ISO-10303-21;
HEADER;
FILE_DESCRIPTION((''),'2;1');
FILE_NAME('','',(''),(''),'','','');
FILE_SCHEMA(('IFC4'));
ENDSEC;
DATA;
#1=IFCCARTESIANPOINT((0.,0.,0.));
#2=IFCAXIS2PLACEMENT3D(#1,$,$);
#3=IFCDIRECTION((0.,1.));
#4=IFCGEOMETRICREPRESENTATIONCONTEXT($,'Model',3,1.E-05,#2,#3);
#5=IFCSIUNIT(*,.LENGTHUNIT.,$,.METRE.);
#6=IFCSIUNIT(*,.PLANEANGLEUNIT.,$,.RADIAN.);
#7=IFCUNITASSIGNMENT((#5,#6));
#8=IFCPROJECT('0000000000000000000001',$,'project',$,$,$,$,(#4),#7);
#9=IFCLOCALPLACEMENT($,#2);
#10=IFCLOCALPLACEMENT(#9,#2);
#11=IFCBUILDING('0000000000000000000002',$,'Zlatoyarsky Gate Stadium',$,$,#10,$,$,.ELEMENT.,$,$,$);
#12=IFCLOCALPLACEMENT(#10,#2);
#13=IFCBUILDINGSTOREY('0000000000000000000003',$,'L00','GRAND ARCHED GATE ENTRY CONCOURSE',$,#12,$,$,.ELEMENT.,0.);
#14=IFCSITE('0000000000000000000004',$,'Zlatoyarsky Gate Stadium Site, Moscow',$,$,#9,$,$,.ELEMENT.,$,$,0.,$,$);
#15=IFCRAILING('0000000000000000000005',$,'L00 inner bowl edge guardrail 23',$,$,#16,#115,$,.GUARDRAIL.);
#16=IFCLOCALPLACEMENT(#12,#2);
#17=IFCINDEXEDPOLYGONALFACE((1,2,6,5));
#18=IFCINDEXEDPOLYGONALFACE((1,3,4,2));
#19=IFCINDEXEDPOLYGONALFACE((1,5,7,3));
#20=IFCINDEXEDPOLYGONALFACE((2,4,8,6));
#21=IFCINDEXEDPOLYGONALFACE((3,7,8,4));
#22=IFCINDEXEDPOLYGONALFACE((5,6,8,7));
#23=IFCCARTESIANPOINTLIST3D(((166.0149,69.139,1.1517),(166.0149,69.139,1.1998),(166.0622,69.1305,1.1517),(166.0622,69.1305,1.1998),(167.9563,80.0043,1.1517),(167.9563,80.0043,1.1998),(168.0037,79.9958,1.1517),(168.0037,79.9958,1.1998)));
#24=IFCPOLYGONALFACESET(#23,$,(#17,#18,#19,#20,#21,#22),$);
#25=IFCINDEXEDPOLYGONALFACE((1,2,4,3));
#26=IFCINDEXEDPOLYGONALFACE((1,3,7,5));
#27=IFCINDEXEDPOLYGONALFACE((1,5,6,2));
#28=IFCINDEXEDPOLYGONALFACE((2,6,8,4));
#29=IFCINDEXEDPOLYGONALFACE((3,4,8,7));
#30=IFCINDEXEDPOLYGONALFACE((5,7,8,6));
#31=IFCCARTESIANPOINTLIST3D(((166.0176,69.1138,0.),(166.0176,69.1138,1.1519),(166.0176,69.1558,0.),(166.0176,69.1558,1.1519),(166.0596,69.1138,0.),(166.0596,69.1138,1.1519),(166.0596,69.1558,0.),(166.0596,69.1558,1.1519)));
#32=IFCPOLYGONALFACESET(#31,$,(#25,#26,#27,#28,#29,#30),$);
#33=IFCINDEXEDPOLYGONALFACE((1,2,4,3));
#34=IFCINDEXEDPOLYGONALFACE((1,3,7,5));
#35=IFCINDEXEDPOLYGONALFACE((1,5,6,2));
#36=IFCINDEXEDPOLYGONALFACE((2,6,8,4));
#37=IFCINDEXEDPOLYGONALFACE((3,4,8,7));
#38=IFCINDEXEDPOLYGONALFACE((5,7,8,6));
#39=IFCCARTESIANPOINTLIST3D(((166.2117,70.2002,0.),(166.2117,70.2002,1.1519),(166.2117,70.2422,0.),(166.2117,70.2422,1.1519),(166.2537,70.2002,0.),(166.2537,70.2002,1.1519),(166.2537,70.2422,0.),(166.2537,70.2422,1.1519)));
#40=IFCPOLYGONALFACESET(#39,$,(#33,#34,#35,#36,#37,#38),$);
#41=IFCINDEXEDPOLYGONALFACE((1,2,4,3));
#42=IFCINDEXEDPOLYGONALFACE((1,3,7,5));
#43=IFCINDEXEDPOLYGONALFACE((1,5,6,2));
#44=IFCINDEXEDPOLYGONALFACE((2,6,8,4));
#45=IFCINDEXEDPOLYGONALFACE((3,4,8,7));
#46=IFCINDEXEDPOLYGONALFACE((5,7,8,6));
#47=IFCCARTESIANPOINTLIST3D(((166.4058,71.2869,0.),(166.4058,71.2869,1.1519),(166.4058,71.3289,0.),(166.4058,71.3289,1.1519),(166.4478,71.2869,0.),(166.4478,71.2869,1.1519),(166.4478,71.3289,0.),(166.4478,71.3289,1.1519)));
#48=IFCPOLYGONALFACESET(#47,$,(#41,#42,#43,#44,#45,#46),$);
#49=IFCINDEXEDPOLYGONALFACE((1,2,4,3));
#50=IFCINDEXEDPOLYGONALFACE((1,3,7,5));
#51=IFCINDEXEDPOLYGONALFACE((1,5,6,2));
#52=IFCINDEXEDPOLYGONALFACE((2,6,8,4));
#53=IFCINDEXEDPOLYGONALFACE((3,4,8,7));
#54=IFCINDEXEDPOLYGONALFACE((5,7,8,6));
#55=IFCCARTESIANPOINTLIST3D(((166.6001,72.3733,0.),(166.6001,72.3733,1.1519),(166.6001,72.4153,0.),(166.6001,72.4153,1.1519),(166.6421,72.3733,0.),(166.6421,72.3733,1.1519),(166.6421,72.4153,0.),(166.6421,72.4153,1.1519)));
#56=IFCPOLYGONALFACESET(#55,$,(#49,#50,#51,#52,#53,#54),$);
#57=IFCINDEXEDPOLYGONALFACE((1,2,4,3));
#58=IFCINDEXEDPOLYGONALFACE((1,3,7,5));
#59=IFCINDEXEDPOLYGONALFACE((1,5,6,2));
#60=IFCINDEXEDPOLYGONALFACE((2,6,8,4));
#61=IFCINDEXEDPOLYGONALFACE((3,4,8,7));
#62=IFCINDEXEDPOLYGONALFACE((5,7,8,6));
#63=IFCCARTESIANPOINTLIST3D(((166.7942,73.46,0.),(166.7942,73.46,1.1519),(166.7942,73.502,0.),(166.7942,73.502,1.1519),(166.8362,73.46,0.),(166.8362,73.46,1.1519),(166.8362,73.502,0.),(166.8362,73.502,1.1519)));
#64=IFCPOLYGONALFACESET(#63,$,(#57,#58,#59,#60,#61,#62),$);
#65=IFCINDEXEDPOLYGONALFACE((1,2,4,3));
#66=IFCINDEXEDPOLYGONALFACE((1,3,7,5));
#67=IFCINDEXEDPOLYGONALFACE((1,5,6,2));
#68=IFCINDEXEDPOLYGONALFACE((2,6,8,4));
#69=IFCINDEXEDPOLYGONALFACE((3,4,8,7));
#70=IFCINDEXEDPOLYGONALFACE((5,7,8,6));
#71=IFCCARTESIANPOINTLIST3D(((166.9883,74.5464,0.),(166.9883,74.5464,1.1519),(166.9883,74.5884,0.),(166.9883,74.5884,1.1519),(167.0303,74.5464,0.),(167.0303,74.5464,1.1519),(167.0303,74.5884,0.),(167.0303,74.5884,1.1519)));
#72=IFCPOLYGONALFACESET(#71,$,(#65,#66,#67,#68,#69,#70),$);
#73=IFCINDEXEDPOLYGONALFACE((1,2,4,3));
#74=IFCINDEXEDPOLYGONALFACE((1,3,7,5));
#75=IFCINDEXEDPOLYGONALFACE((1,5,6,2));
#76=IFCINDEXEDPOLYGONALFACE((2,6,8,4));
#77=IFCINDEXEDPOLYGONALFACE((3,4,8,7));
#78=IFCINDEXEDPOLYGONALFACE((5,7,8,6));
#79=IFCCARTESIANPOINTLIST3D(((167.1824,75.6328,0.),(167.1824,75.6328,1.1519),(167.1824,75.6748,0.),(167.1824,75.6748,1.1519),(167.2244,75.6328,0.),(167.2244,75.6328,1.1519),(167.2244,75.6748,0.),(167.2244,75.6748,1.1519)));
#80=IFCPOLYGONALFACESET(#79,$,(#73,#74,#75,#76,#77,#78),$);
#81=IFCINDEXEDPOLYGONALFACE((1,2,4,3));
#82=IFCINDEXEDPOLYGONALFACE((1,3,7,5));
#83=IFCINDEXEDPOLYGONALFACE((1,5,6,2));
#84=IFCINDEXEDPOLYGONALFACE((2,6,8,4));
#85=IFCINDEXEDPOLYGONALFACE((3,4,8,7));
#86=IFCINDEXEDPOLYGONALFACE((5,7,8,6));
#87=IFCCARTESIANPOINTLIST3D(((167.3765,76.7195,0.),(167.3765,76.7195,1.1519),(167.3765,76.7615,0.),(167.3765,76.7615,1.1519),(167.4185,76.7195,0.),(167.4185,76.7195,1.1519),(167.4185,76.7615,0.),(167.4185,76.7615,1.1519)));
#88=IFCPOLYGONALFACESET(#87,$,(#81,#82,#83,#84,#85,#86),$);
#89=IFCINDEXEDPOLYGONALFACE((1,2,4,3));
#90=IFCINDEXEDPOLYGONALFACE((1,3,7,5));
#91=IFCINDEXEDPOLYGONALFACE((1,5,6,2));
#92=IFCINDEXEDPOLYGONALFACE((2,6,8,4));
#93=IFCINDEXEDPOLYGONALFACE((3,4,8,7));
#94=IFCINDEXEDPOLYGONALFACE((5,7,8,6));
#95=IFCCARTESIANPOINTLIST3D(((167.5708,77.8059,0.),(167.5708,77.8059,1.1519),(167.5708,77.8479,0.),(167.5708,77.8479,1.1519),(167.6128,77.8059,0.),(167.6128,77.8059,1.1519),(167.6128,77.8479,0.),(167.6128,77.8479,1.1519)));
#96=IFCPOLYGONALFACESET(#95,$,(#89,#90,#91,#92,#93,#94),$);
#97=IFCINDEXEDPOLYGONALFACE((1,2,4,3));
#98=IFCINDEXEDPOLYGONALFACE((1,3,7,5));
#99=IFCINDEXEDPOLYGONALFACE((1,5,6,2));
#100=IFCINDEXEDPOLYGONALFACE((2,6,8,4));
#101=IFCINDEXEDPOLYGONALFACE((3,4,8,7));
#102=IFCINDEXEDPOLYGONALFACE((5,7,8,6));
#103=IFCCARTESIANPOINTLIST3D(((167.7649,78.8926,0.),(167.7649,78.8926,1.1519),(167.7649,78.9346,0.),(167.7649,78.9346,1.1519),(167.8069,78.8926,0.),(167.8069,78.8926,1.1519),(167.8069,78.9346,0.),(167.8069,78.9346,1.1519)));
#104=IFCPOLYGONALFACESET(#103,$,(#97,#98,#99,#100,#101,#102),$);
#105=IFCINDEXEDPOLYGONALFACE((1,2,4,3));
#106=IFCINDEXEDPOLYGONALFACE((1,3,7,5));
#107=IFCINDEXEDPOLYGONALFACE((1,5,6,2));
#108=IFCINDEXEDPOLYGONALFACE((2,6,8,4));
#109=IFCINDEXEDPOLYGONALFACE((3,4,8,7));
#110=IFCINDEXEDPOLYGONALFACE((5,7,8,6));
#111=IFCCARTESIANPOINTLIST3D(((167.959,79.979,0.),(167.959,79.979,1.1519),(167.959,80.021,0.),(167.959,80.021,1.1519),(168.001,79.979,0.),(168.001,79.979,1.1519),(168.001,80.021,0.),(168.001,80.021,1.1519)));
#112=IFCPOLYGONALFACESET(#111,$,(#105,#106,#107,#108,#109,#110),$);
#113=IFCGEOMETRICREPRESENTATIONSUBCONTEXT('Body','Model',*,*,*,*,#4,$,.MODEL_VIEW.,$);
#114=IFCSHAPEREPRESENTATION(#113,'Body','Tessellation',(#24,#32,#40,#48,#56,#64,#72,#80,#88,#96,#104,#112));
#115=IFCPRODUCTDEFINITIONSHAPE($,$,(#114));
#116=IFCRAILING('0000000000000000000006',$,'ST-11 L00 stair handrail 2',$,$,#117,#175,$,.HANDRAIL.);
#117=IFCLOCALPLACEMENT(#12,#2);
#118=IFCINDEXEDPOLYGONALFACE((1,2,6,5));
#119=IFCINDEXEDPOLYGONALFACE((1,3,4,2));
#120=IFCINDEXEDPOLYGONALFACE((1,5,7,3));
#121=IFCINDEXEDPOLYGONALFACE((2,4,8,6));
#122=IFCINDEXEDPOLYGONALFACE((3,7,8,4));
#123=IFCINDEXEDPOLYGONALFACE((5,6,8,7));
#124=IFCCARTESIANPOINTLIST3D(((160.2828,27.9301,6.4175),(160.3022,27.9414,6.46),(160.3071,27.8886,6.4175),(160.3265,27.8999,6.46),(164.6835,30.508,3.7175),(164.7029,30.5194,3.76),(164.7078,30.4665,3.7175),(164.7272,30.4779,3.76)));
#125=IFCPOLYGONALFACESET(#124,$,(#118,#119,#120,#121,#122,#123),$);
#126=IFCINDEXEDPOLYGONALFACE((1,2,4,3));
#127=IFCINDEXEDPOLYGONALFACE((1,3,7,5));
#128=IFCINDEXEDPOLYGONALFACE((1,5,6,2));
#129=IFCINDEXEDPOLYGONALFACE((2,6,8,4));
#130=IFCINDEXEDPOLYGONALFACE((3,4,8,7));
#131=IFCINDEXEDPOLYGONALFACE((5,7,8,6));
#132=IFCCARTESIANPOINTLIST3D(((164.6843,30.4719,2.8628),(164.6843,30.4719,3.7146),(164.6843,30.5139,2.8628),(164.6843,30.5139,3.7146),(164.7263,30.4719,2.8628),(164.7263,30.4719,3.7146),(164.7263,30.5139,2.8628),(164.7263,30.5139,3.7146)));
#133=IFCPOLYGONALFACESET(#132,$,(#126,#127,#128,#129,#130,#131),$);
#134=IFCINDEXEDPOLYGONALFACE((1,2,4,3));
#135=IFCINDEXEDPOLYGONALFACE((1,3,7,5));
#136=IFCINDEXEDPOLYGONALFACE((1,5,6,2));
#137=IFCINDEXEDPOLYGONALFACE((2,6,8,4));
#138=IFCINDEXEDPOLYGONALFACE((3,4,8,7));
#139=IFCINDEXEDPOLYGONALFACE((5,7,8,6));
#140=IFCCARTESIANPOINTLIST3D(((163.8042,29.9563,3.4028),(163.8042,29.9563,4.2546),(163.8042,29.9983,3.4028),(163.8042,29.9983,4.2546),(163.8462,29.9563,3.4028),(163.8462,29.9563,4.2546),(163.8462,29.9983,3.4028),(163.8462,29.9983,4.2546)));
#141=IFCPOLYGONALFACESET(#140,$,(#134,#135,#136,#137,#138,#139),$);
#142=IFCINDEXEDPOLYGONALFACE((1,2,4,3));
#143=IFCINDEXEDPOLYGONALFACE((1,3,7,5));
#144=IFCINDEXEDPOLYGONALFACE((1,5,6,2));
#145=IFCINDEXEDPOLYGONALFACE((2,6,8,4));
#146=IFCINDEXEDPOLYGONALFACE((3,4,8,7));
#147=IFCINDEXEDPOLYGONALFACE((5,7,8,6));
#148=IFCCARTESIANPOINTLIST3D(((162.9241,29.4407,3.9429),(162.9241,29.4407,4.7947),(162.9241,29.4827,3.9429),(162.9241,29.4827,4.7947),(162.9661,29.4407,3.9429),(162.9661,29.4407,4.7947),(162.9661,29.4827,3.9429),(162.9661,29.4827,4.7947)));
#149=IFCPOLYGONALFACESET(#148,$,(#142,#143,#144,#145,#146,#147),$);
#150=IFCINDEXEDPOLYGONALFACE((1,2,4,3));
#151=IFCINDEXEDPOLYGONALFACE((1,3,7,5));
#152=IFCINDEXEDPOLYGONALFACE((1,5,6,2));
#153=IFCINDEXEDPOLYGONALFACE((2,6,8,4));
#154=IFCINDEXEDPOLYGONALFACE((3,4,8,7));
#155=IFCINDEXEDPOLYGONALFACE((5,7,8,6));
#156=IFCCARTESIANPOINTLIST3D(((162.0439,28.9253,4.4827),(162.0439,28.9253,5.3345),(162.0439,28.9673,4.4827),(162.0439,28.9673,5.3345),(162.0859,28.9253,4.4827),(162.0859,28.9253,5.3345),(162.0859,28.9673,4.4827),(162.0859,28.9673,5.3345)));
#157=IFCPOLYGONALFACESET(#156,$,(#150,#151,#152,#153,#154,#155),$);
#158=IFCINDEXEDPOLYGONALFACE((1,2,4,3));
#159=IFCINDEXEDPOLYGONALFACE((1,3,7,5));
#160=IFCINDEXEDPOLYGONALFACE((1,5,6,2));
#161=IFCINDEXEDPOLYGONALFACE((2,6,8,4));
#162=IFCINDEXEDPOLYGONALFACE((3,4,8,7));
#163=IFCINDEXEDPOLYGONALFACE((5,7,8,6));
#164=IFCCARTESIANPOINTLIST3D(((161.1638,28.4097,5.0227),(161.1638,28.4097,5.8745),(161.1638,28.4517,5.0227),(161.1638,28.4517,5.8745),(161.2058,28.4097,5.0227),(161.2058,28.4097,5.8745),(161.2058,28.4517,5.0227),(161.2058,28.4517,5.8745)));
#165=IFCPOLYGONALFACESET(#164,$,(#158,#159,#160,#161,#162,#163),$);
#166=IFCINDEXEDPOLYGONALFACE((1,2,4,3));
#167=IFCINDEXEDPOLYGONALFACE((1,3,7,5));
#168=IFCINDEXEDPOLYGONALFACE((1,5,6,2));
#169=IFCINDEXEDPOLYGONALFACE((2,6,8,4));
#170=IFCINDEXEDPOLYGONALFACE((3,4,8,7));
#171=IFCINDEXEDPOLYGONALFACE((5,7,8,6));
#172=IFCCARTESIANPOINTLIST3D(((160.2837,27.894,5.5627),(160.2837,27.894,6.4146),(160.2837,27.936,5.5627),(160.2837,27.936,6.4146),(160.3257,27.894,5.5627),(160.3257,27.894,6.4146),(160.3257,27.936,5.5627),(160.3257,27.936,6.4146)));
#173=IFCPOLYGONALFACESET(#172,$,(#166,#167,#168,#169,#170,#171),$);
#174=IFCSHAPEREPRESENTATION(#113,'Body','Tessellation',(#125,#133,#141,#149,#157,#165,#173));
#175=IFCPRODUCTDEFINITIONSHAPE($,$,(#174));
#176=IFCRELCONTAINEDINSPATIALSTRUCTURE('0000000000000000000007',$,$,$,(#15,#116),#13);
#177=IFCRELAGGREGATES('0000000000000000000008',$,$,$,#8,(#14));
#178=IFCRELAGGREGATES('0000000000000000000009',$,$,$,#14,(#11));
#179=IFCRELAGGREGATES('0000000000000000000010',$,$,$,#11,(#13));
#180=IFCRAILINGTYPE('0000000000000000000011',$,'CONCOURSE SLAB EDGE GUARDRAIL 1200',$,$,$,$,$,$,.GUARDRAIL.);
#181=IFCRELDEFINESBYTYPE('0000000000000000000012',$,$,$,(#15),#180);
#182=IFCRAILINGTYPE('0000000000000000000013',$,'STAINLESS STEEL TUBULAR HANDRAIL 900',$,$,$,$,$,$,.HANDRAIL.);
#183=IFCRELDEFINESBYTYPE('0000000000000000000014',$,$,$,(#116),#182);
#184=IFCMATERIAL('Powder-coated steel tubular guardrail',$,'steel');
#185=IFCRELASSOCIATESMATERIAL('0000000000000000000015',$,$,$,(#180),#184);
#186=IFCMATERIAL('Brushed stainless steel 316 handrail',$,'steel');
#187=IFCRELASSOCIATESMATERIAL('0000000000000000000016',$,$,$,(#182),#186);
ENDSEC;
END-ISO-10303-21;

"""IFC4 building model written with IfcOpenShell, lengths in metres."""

from ifc_helpers import new_model, si_unit, direction, frame, origin, origin_2d, place, context, subcontext, project, spatial, rectangle, extrude, material, type_object, element, save


model = new_model("IFC4")

# Units and contexts
model_context = context("Model", 3, precision=1e-05, world=origin(), true_north=direction((0.0, 1.0)))
body_context = subcontext(model_context, "Body", "Model", "MODEL_VIEW")
ifc_project = project(units=[si_unit("LENGTHUNIT", "METRE"), si_unit("PLANEANGLEUNIT", "RADIAN")], contexts=[model_context])

# Site, building, storey
site_placement = place(None, origin())
site = spatial("IfcSite", under=ifc_project, at=site_placement, Name="Zlatoyarsky Gate Stadium Site, Moscow", CompositionType="ELEMENT", RefElevation=0.0)
building_placement = place(site_placement, origin())
building = spatial("IfcBuilding", under=site, at=building_placement, Name="Zlatoyarsky Gate Stadium", CompositionType="ELEMENT")
storey_placement = place(building_placement, origin())
storey = spatial("IfcBuildingStorey", under=building, at=storey_placement, Name="L00", Description="GRAND ARCHED GATE ENTRY CONCOURSE", CompositionType="ELEMENT", Elevation=0.0)

# Railings
ifc_material_1 = material(Name="Powder-coated steel tubular guardrail", Category="steel")
railing_type_1 = type_object("IfcRailingType", Name="CONCOURSE SLAB EDGE GUARDRAIL 1200", PredefinedType="GUARDRAIL", material=ifc_material_1)
railing_1_placement = place(storey_placement, frame((166.0386, 69.1348, 0.0)))
element("IfcRailing", 1, at=railing_1_placement, inside=storey, type_object=railing_type_1, Name="L00 inner bowl edge guardrail 23", PredefinedType="GUARDRAIL", context=body_context, shape_type="SweptSolid", body=[
    extrude(rectangle(XDim=0.0481, YDim=0.0481, at=origin_2d()), frame((0.0, 0.0, 1.1758), z_axis=(0.175895, 0.984409, 0.0), x_axis=(-0.984409, 0.175895, 0.0)), (0.0, 0.0, 1.0), 11.0374),
    extrude(rectangle(XDim=0.042, YDim=0.042, at=origin_2d()), origin(), (0.0, 0.0, 1.0), 1.1519),
    extrude(rectangle(XDim=0.042, YDim=0.042, at=origin_2d()), frame((0.1941, 1.0864, 0.0)), (0.0, 0.0, 1.0), 1.1519),
    extrude(rectangle(XDim=0.042, YDim=0.042, at=origin_2d()), frame((0.3882, 2.1731, 0.0)), (0.0, 0.0, 1.0), 1.1519),
    extrude(rectangle(XDim=0.042, YDim=0.042, at=origin_2d()), frame((0.5825, 3.2595, 0.0)), (0.0, 0.0, 1.0), 1.1519),
    extrude(rectangle(XDim=0.042, YDim=0.042, at=origin_2d()), frame((0.7766, 4.3462, 0.0)), (0.0, 0.0, 1.0), 1.1519),
    extrude(rectangle(XDim=0.042, YDim=0.042, at=origin_2d()), frame((0.9707, 5.4326, 0.0)), (0.0, 0.0, 1.0), 1.1519),
    extrude(rectangle(XDim=0.042, YDim=0.042, at=origin_2d()), frame((1.1648, 6.519, 0.0)), (0.0, 0.0, 1.0), 1.1519),
    extrude(rectangle(XDim=0.042, YDim=0.042, at=origin_2d()), frame((1.3589, 7.6057, 0.0)), (0.0, 0.0, 1.0), 1.1519),
    extrude(rectangle(XDim=0.042, YDim=0.042, at=origin_2d()), frame((1.5532, 8.6921, 0.0)), (0.0, 0.0, 1.0), 1.1519),
    extrude(rectangle(XDim=0.042, YDim=0.042, at=origin_2d()), frame((1.7473, 9.7788, 0.0)), (0.0, 0.0, 1.0), 1.1519),
    extrude(rectangle(XDim=0.042, YDim=0.042, at=origin_2d()), frame((1.9414, 10.8652, 0.0)), (0.0, 0.0, 1.0), 1.1519),
])
ifc_material_2 = material(Name="Brushed stainless steel 316 handrail", Category="steel")
railing_type_2 = type_object("IfcRailingType", Name="STAINLESS STEEL TUBULAR HANDRAIL 900", PredefinedType="HANDRAIL", material=ifc_material_2)
railing_2_placement = place(storey_placement, frame((164.7053, 30.4929, 2.8628)))
element("IfcRailing", 2, at=railing_2_placement, inside=storey, type_object=railing_type_2, Name="ST-11 L00 stair handrail 2", PredefinedType="HANDRAIL", context=body_context, shape_type="SweptSolid", body=[
    extrude(rectangle(XDim=0.0481, YDim=0.0481, at=origin_2d()), frame((0.0, 0.0, 0.876), z_axis=(-0.762585, -0.44672, 0.467874), x_axis=(0.505457, -0.862852, 0.0)), (0.0, 0.0, 1.0), 5.7708),
    extrude(rectangle(XDim=0.042, YDim=0.042, at=origin_2d()), origin(), (0.0, 0.0, 1.0), 0.8518),
    extrude(rectangle(XDim=0.042, YDim=0.042, at=origin_2d()), frame((-0.8801, -0.5156, 0.54)), (0.0, 0.0, 1.0), 0.8518),
    extrude(rectangle(XDim=0.042, YDim=0.042, at=origin_2d()), frame((-1.7603, -1.0312, 1.0801)), (0.0, 0.0, 1.0), 0.8518),
    extrude(rectangle(XDim=0.042, YDim=0.042, at=origin_2d()), frame((-2.6404, -1.5466, 1.6199)), (0.0, 0.0, 1.0), 0.8518),
    extrude(rectangle(XDim=0.042, YDim=0.042, at=origin_2d()), frame((-3.5205, -2.0623, 2.1599)), (0.0, 0.0, 1.0), 0.8518),
    extrude(rectangle(XDim=0.042, YDim=0.042, at=origin_2d()), frame((-4.4006, -2.5779, 2.7)), (0.0, 0.0, 1.0), 0.8518),
])

save(model, "model.ifc")
